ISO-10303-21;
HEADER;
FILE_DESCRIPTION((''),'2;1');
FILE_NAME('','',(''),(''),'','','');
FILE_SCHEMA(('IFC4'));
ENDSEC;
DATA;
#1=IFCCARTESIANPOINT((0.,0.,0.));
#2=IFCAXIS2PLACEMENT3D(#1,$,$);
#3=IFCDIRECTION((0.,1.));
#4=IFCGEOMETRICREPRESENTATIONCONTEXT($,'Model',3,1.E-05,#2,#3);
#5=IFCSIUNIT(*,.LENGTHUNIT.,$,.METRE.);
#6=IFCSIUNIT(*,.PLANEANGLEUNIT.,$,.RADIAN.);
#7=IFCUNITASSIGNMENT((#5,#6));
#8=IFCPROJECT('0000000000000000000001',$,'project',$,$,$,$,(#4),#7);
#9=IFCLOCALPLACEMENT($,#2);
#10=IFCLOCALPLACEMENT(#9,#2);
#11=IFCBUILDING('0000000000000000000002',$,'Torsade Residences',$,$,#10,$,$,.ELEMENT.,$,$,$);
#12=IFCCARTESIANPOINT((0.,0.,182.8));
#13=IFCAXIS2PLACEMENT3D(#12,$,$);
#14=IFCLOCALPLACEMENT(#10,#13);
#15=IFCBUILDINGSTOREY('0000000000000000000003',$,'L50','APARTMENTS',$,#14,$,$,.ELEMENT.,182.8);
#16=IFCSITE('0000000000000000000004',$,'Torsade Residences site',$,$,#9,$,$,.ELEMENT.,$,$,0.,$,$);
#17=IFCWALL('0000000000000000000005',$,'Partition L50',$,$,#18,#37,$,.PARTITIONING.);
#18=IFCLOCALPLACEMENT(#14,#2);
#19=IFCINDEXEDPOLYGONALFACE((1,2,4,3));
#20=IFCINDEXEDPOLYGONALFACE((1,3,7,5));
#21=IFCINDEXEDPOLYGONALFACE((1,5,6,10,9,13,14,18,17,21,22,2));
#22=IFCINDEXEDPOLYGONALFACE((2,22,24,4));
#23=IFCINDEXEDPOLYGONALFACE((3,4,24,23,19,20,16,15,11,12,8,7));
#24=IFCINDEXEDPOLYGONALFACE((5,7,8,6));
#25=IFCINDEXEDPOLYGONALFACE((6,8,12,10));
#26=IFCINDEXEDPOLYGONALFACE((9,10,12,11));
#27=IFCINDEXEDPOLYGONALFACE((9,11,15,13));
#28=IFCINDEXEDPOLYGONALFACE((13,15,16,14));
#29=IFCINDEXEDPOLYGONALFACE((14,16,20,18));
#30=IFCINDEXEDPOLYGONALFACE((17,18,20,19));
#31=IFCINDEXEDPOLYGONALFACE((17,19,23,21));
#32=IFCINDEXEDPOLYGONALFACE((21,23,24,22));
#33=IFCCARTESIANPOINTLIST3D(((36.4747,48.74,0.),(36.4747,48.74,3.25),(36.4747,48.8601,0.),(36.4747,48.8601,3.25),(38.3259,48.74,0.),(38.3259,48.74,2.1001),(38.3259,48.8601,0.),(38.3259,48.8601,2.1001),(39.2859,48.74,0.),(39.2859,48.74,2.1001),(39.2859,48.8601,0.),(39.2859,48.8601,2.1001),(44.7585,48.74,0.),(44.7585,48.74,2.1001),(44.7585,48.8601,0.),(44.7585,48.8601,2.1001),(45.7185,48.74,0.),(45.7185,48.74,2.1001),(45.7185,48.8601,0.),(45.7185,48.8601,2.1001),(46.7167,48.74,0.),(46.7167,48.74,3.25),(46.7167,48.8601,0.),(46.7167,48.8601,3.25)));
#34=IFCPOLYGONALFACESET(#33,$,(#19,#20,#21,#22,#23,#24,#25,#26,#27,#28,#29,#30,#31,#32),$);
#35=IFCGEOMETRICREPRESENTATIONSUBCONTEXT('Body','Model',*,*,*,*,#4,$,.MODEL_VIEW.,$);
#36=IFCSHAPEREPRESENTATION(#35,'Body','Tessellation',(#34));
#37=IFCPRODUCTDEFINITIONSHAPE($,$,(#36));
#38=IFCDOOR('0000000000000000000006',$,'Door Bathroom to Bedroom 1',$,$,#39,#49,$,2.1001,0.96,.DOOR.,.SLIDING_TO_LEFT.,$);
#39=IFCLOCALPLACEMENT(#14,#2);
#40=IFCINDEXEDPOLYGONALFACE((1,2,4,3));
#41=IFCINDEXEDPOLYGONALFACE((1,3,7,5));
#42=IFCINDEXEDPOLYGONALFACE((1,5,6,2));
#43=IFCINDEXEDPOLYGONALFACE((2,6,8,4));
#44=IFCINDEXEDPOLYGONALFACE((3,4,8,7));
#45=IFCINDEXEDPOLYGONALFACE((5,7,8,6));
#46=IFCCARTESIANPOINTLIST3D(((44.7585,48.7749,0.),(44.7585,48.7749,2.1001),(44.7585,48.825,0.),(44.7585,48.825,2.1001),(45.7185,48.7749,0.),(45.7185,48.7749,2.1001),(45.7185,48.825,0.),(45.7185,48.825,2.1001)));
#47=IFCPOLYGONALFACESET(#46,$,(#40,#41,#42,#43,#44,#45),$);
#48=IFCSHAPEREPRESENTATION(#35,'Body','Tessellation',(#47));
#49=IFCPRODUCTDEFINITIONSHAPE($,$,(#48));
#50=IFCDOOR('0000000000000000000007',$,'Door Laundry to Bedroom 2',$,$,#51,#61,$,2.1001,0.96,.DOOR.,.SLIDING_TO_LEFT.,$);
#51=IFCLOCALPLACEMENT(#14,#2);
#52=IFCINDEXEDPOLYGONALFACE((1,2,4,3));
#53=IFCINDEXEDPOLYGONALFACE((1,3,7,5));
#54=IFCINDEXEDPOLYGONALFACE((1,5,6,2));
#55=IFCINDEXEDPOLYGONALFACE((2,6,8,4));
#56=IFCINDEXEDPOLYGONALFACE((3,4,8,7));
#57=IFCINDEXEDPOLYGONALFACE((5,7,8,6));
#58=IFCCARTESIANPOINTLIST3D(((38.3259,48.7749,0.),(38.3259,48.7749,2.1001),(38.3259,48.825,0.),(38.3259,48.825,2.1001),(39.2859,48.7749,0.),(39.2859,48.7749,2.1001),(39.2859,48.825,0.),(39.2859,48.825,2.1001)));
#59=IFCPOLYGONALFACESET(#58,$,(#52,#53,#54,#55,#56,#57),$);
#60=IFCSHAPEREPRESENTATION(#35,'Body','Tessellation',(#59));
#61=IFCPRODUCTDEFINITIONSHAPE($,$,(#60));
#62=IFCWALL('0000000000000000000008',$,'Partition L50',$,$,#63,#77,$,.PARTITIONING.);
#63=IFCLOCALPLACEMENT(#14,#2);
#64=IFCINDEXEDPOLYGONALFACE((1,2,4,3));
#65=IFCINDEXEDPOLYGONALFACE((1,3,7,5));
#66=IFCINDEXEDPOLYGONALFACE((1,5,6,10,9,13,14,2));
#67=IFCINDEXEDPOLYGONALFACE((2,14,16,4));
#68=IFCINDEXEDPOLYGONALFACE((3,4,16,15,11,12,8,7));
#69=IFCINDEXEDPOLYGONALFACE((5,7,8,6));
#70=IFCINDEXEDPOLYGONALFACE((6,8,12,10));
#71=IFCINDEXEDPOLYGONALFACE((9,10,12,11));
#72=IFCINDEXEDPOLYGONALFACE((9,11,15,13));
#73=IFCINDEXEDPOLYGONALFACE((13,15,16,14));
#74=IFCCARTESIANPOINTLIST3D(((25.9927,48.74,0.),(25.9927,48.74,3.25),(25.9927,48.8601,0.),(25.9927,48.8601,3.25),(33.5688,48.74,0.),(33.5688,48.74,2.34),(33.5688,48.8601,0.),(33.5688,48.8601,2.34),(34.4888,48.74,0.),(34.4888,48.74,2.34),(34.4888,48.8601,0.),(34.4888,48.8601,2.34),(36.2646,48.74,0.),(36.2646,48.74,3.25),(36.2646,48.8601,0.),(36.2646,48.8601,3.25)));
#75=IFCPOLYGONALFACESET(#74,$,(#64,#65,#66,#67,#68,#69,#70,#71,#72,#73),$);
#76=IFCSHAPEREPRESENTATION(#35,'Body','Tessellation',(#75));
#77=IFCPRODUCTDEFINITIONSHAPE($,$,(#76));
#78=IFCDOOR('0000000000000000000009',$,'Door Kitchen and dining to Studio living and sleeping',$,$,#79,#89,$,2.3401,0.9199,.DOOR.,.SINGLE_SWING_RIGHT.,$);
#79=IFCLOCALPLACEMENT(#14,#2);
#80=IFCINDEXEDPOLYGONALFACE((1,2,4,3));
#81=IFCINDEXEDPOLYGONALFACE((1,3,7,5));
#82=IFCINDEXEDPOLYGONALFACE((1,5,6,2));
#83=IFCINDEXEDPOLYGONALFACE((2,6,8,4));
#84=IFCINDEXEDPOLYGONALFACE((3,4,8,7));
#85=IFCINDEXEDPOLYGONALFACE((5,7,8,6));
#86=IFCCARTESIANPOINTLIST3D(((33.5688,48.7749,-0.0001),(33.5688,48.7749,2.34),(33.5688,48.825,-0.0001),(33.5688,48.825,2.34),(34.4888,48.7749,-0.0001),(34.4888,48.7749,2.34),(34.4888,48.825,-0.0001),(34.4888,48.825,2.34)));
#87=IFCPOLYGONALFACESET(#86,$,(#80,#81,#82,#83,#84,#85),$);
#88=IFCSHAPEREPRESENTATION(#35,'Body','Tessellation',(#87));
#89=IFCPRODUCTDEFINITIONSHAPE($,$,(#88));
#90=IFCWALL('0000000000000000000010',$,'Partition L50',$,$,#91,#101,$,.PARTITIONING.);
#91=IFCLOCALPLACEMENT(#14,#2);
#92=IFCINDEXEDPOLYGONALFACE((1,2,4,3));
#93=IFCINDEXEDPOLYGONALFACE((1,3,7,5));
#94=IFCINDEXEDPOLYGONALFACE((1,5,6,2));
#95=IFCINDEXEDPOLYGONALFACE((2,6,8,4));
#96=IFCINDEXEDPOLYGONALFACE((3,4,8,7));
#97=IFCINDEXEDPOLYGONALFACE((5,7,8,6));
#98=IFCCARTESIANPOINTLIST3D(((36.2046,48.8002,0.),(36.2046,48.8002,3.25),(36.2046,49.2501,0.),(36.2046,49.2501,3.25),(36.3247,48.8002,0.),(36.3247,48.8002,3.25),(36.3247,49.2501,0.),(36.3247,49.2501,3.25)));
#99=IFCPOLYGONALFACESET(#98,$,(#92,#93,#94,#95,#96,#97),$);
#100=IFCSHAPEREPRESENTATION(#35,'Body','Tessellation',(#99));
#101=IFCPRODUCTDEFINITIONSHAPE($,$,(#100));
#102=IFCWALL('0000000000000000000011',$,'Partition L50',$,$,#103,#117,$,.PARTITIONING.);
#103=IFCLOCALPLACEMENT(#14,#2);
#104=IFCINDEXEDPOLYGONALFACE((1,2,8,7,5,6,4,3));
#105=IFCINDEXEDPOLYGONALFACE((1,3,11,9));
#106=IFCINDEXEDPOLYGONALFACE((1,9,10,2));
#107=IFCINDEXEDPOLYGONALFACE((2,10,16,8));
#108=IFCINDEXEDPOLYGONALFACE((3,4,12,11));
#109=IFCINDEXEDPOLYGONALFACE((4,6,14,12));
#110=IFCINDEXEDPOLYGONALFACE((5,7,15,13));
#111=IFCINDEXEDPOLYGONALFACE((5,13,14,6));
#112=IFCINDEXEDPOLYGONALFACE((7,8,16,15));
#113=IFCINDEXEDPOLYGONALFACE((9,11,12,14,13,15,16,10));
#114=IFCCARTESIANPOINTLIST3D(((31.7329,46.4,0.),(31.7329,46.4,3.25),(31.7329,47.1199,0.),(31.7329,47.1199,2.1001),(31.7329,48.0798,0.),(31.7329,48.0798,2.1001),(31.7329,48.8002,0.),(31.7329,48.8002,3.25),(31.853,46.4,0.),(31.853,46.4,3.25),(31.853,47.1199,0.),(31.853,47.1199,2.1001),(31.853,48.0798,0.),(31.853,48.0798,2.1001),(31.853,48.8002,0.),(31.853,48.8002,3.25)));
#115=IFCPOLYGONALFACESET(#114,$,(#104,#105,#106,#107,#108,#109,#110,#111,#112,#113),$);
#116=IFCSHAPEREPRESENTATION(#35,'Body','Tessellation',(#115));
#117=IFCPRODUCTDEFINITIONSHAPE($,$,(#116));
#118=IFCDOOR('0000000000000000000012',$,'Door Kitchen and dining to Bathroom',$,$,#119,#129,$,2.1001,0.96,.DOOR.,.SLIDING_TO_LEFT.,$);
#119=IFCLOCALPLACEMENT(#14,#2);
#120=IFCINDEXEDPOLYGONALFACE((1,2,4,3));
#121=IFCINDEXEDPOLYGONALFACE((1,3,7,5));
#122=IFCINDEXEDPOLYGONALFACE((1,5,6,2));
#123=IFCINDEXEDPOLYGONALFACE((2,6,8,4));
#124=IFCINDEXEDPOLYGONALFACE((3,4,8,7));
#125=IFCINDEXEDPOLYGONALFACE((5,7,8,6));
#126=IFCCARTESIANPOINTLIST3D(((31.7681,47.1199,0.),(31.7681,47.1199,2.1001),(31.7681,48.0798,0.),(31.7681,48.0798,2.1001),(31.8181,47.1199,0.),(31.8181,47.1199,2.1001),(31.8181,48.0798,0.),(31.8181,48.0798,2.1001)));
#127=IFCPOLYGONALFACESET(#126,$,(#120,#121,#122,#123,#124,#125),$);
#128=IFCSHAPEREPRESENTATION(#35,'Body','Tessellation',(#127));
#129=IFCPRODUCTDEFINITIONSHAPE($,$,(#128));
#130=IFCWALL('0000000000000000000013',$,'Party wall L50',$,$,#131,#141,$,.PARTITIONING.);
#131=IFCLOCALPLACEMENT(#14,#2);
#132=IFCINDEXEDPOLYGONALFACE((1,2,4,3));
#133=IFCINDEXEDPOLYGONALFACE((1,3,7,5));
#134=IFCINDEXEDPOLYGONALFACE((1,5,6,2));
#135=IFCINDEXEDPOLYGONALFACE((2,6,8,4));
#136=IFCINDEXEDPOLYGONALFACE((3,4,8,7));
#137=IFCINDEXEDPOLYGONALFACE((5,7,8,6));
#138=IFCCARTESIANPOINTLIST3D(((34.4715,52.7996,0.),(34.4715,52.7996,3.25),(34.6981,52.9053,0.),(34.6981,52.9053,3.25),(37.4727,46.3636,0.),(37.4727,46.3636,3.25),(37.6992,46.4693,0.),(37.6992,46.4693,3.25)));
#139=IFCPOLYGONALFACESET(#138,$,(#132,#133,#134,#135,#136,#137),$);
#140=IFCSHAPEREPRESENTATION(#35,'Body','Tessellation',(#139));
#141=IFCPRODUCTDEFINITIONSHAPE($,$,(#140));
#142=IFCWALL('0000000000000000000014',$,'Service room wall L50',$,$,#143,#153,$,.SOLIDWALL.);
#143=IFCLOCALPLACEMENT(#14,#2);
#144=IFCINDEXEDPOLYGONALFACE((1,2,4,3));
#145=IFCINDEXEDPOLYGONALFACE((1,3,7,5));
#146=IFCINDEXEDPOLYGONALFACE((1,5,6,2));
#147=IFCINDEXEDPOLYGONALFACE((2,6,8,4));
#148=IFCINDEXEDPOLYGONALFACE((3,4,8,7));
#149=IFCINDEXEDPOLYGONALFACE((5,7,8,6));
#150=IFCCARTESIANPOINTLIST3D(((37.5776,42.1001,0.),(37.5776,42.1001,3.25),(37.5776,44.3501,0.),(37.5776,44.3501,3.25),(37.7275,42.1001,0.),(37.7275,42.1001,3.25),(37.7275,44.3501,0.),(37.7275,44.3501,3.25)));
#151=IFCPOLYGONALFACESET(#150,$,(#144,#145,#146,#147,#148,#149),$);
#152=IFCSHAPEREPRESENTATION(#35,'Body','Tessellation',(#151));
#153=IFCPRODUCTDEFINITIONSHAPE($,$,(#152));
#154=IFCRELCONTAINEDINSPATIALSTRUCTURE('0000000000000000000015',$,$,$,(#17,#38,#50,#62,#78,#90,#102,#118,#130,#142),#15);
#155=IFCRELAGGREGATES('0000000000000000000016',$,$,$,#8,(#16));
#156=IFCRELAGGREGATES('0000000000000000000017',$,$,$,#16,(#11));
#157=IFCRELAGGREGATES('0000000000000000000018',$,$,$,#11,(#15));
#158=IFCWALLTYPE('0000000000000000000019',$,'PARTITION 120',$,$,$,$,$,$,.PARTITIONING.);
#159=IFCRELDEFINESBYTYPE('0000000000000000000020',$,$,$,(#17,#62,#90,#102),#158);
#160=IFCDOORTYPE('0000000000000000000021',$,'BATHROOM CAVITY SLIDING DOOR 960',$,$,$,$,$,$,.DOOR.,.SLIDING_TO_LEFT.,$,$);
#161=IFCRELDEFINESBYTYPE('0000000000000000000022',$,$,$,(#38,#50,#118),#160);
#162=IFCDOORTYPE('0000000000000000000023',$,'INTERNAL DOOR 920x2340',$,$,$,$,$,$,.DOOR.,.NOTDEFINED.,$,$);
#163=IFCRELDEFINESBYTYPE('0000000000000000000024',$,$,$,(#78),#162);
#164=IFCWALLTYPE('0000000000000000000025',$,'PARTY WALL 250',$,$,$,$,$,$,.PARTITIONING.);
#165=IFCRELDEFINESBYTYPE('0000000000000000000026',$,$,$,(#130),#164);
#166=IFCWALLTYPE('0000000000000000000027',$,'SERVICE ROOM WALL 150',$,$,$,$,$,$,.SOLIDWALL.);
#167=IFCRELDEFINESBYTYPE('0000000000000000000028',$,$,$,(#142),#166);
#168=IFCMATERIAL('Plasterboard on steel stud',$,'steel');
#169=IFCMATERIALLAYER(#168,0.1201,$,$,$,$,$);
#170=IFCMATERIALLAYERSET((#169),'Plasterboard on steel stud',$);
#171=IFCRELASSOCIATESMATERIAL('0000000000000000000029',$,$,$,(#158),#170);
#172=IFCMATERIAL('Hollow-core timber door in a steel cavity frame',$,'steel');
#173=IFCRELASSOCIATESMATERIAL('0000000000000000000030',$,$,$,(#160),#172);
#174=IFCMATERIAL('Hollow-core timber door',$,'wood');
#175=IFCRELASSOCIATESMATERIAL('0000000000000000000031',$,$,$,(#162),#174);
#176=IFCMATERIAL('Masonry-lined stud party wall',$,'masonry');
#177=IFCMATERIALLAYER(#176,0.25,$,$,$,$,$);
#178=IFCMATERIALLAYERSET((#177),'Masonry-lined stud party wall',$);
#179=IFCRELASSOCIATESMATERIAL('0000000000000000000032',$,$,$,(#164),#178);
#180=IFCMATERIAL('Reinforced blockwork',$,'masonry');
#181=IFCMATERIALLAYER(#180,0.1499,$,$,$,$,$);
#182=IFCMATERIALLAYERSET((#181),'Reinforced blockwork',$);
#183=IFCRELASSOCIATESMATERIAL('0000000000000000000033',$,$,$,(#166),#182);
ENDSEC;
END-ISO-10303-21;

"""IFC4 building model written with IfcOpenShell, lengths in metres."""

from ifc_helpers import new_model, si_unit, direction, frame, frame_2d, origin, place, context, subcontext, project, spatial, rectangle, extrude, material, layer, layer_set, type_object, element, fill, save


model = new_model("IFC4")

# Units and contexts
model_context = context("Model", 3, precision=1e-05, world=origin(), true_north=direction((0.0, 1.0)))
body_context = subcontext(model_context, "Body", "Model", "MODEL_VIEW")
ifc_project = project(units=[si_unit("LENGTHUNIT", "METRE"), si_unit("PLANEANGLEUNIT", "RADIAN")], contexts=[model_context])

# Site, building, storey
site_placement = place(None, origin())
site = spatial("IfcSite", under=ifc_project, at=site_placement, Name="Torsade Residences site", CompositionType="ELEMENT", RefElevation=0.0)
building_placement = place(site_placement, origin())
building = spatial("IfcBuilding", under=site, at=building_placement, Name="Torsade Residences", CompositionType="ELEMENT")
storey_placement = place(building_placement, frame((0.0, 0.0, 182.8)))
storey = spatial("IfcBuildingStorey", under=building, at=storey_placement, Name="L50", Description="APARTMENTS", CompositionType="ELEMENT", Elevation=182.8)

# Wall, openings, doors
ifc_material_1 = material(Name="Plasterboard on steel stud", Category="steel")
ifc_layer_1 = layer(ifc_material_1, 0.1201)
ifc_layer_set_1 = layer_set([ifc_layer_1], Name="Plasterboard on steel stud")
wall_type_1 = type_object("IfcWallType", Name="PARTITION 120", PredefinedType="PARTITIONING", material=ifc_layer_set_1)
wall_1_placement = place(storey_placement, frame((36.4746, 48.8, 0.0), z_axis=(0.0, 0.0, 1.0), x_axis=(1.0, 0.0, 0.0)))
wall_1 = element("IfcWall", 1, at=wall_1_placement, inside=storey, type_object=wall_type_1, Name="Partition L50", PredefinedType="PARTITIONING", context=body_context, shape_type="SweptSolid", body=[
    extrude(rectangle(XDim=10.2419, YDim=0.1201, at=frame_2d((5.1211, 0.0))), origin(), (0.0, 0.0, 1.0), 3.25),
])
opening_1_placement = place(wall_1_placement, frame((8.2839, 0.0, 0.0)))
opening_1 = element("IfcOpeningElement", 2, at=opening_1_placement, cuts=wall_1, PredefinedType="OPENING", context=body_context, shape_type="SweptSolid", body=[
    extrude(rectangle(XDim=0.96, YDim=2.1001, at=frame_2d((0.48, 1.05))), frame((0.0, 0.0701, 0.0), z_axis=(0.0, -1.0, 0.0), x_axis=(1.0, 0.0, 0.0)), (0.0, 0.0, 1.0), 0.1401),
])
opening_2_placement = place(wall_1_placement, frame((1.8513, 0.0, 0.0)))
opening_2 = element("IfcOpeningElement", 3, at=opening_2_placement, cuts=wall_1, PredefinedType="OPENING", context=body_context, shape_type="SweptSolid", body=[
    extrude(rectangle(XDim=0.96, YDim=2.1001, at=frame_2d((0.48, 1.05))), frame((0.0, 0.0701, 0.0), z_axis=(0.0, -1.0, 0.0), x_axis=(1.0, 0.0, 0.0)), (0.0, 0.0, 1.0), 0.1401),
])
ifc_material_2 = material(Name="Hollow-core timber door in a steel cavity frame", Category="steel")
door_type_1 = type_object("IfcDoorType", Name="BATHROOM CAVITY SLIDING DOOR 960", OperationType="SLIDING_TO_LEFT", PredefinedType="DOOR", material=ifc_material_2)
door_1_placement = place(opening_1_placement, origin())
door_1 = element("IfcDoor", 4, at=door_1_placement, inside=storey, type_object=door_type_1, Name="Door Bathroom to Bedroom 1", OperationType="SLIDING_TO_LEFT", OverallHeight=2.1001, OverallWidth=0.96, PredefinedType="DOOR", context=body_context, shape_type="SweptSolid", body=[
    extrude(rectangle(XDim=0.96, YDim=2.1001, at=frame_2d((0.48, 1.05))), frame((0.0, 0.0249, 0.0), z_axis=(0.0, -1.0, 0.0), x_axis=(1.0, 0.0, 0.0)), (0.0, 0.0, 1.0), 0.05),
])
fill(opening_1, door_1)
door_2_placement = place(opening_2_placement, origin())
door_2 = element("IfcDoor", 5, at=door_2_placement, inside=storey, type_object=door_type_1, Name="Door Laundry to Bedroom 2", OperationType="SLIDING_TO_LEFT", OverallHeight=2.1001, OverallWidth=0.96, PredefinedType="DOOR", context=body_context, shape_type="SweptSolid", body=[
    extrude(rectangle(XDim=0.96, YDim=2.1001, at=frame_2d((0.48, 1.05))), frame((0.0, 0.0249, 0.0), z_axis=(0.0, -1.0, 0.0), x_axis=(1.0, 0.0, 0.0)), (0.0, 0.0, 1.0), 0.05),
])
fill(opening_2, door_2)

# Wall, opening, door
wall_2_placement = place(storey_placement, frame((25.9927, 48.8, 0.0), z_axis=(0.0, 0.0, 1.0), x_axis=(1.0, 0.0, 0.0)))
wall_2 = element("IfcWall", 6, at=wall_2_placement, inside=storey, type_object=wall_type_1, Name="Partition L50", PredefinedType="PARTITIONING", context=body_context, shape_type="SweptSolid", body=[
    extrude(rectangle(XDim=10.272, YDim=0.1201, at=frame_2d((5.136, 0.0))), origin(), (0.0, 0.0, 1.0), 3.25),
])
opening_3_placement = place(wall_2_placement, frame((7.5762, 0.0, 0.0)))
opening_3 = element("IfcOpeningElement", 7, at=opening_3_placement, cuts=wall_2, PredefinedType="OPENING", context=body_context, shape_type="SweptSolid", body=[
    extrude(rectangle(XDim=0.9199, YDim=2.3401, at=frame_2d((0.46, 1.1699))), frame((0.0, 0.0701, 0.0), z_axis=(0.0, -1.0, 0.0), x_axis=(1.0, 0.0, 0.0)), (0.0, 0.0, 1.0), 0.1401),
])
ifc_material_3 = material(Name="Hollow-core timber door", Category="wood")
door_type_2 = type_object("IfcDoorType", Name="INTERNAL DOOR 920x2340", OperationType="NOTDEFINED", PredefinedType="DOOR", material=ifc_material_3)
door_3_placement = place(opening_3_placement, origin())
door_3 = element("IfcDoor", 8, at=door_3_placement, inside=storey, type_object=door_type_2, Name="Door Kitchen and dining to Studio living and sleeping", OperationType="SINGLE_SWING_RIGHT", OverallHeight=2.3401, OverallWidth=0.9199, PredefinedType="DOOR", context=body_context, shape_type="SweptSolid", body=[
    extrude(rectangle(XDim=0.9199, YDim=2.3401, at=frame_2d((0.46, 1.1699))), frame((0.0, 0.0249, 0.0), z_axis=(0.0, -1.0, 0.0), x_axis=(1.0, 0.0, 0.0)), (0.0, 0.0, 1.0), 0.05),
])
fill(opening_3, door_3)

# Wall
wall_3_placement = place(storey_placement, frame((36.2646, 48.8, 0.0), z_axis=(0.0, 0.0, 1.0), x_axis=(0.0, 1.0, 0.0)))
element("IfcWall", 9, at=wall_3_placement, inside=storey, type_object=wall_type_1, Name="Partition L50", PredefinedType="PARTITIONING", context=body_context, shape_type="SweptSolid", body=[
    extrude(rectangle(XDim=0.45, YDim=0.1201, at=frame_2d((0.2251, 0.0))), origin(), (0.0, 0.0, 1.0), 3.25),
])

# Wall, opening, door
wall_4_placement = place(storey_placement, frame((31.793, 46.3999, 0.0), z_axis=(0.0, 0.0, 1.0), x_axis=(0.0, 1.0, 0.0)))
wall_4 = element("IfcWall", 10, at=wall_4_placement, inside=storey, type_object=wall_type_1, Name="Partition L50", PredefinedType="PARTITIONING", context=body_context, shape_type="SweptSolid", body=[
    extrude(rectangle(XDim=2.4001, YDim=0.1201, at=frame_2d((1.2002, 0.0))), origin(), (0.0, 0.0, 1.0), 3.25),
])
opening_4_placement = place(wall_4_placement, frame((0.72, 0.0, 0.0)))
opening_4 = element("IfcOpeningElement", 11, at=opening_4_placement, cuts=wall_4, PredefinedType="OPENING", context=body_context, shape_type="SweptSolid", body=[
    extrude(rectangle(XDim=0.96, YDim=2.1001, at=frame_2d((0.48, 1.05))), frame((0.0, 0.0701, 0.0), z_axis=(0.0, -1.0, 0.0), x_axis=(1.0, 0.0, 0.0)), (0.0, 0.0, 1.0), 0.1401),
])
door_4_placement = place(opening_4_placement, origin())
door_4 = element("IfcDoor", 12, at=door_4_placement, inside=storey, type_object=door_type_1, Name="Door Kitchen and dining to Bathroom", OperationType="SLIDING_TO_LEFT", OverallHeight=2.1001, OverallWidth=0.96, PredefinedType="DOOR", context=body_context, shape_type="SweptSolid", body=[
    extrude(rectangle(XDim=0.96, YDim=2.1001, at=frame_2d((0.48, 1.05))), frame((0.0, 0.0249, 0.0), z_axis=(0.0, -1.0, 0.0), x_axis=(1.0, 0.0, 0.0)), (0.0, 0.0, 1.0), 0.05),
])
fill(opening_4, door_4)

# Walls
ifc_material_4 = material(Name="Masonry-lined stud party wall", Category="masonry")
ifc_layer_2 = layer(ifc_material_4, 0.25)
ifc_layer_set_2 = layer_set([ifc_layer_2], Name="Masonry-lined stud party wall")
wall_type_2 = type_object("IfcWallType", Name="PARTY WALL 250", PredefinedType="PARTITIONING", material=ifc_layer_set_2)
wall_5_placement = place(storey_placement, frame((34.5847, 52.8525, 0.0), z_axis=(0.0, 0.0, 1.0), x_axis=(0.422624, -0.906305, 0.0)))
element("IfcWall", 13, at=wall_5_placement, inside=storey, type_object=wall_type_2, Name="Party wall L50", PredefinedType="PARTITIONING", context=body_context, shape_type="SweptSolid", body=[
    extrude(rectangle(XDim=7.1013, YDim=0.25, at=frame_2d((3.5508, 0.0))), origin(), (0.0, 0.0, 1.0), 3.25),
])
ifc_material_5 = material(Name="Reinforced blockwork", Category="masonry")
ifc_layer_3 = layer(ifc_material_5, 0.1499)
ifc_layer_set_3 = layer_set([ifc_layer_3], Name="Reinforced blockwork")
wall_type_3 = type_object("IfcWallType", Name="SERVICE ROOM WALL 150", PredefinedType="SOLIDWALL", material=ifc_layer_set_3)
wall_6_placement = place(storey_placement, frame((37.6526, 42.1001, 0.0), z_axis=(0.0, 0.0, 1.0), x_axis=(0.0, 1.0, 0.0)))
element("IfcWall", 14, at=wall_6_placement, inside=storey, type_object=wall_type_3, Name="Service room wall L50", PredefinedType="SOLIDWALL", context=body_context, shape_type="SweptSolid", body=[
    extrude(rectangle(XDim=2.25, YDim=0.1499, at=frame_2d((1.125, 0.0))), origin(), (0.0, 0.0, 1.0), 3.25),
])

save(model, "model.ifc")
